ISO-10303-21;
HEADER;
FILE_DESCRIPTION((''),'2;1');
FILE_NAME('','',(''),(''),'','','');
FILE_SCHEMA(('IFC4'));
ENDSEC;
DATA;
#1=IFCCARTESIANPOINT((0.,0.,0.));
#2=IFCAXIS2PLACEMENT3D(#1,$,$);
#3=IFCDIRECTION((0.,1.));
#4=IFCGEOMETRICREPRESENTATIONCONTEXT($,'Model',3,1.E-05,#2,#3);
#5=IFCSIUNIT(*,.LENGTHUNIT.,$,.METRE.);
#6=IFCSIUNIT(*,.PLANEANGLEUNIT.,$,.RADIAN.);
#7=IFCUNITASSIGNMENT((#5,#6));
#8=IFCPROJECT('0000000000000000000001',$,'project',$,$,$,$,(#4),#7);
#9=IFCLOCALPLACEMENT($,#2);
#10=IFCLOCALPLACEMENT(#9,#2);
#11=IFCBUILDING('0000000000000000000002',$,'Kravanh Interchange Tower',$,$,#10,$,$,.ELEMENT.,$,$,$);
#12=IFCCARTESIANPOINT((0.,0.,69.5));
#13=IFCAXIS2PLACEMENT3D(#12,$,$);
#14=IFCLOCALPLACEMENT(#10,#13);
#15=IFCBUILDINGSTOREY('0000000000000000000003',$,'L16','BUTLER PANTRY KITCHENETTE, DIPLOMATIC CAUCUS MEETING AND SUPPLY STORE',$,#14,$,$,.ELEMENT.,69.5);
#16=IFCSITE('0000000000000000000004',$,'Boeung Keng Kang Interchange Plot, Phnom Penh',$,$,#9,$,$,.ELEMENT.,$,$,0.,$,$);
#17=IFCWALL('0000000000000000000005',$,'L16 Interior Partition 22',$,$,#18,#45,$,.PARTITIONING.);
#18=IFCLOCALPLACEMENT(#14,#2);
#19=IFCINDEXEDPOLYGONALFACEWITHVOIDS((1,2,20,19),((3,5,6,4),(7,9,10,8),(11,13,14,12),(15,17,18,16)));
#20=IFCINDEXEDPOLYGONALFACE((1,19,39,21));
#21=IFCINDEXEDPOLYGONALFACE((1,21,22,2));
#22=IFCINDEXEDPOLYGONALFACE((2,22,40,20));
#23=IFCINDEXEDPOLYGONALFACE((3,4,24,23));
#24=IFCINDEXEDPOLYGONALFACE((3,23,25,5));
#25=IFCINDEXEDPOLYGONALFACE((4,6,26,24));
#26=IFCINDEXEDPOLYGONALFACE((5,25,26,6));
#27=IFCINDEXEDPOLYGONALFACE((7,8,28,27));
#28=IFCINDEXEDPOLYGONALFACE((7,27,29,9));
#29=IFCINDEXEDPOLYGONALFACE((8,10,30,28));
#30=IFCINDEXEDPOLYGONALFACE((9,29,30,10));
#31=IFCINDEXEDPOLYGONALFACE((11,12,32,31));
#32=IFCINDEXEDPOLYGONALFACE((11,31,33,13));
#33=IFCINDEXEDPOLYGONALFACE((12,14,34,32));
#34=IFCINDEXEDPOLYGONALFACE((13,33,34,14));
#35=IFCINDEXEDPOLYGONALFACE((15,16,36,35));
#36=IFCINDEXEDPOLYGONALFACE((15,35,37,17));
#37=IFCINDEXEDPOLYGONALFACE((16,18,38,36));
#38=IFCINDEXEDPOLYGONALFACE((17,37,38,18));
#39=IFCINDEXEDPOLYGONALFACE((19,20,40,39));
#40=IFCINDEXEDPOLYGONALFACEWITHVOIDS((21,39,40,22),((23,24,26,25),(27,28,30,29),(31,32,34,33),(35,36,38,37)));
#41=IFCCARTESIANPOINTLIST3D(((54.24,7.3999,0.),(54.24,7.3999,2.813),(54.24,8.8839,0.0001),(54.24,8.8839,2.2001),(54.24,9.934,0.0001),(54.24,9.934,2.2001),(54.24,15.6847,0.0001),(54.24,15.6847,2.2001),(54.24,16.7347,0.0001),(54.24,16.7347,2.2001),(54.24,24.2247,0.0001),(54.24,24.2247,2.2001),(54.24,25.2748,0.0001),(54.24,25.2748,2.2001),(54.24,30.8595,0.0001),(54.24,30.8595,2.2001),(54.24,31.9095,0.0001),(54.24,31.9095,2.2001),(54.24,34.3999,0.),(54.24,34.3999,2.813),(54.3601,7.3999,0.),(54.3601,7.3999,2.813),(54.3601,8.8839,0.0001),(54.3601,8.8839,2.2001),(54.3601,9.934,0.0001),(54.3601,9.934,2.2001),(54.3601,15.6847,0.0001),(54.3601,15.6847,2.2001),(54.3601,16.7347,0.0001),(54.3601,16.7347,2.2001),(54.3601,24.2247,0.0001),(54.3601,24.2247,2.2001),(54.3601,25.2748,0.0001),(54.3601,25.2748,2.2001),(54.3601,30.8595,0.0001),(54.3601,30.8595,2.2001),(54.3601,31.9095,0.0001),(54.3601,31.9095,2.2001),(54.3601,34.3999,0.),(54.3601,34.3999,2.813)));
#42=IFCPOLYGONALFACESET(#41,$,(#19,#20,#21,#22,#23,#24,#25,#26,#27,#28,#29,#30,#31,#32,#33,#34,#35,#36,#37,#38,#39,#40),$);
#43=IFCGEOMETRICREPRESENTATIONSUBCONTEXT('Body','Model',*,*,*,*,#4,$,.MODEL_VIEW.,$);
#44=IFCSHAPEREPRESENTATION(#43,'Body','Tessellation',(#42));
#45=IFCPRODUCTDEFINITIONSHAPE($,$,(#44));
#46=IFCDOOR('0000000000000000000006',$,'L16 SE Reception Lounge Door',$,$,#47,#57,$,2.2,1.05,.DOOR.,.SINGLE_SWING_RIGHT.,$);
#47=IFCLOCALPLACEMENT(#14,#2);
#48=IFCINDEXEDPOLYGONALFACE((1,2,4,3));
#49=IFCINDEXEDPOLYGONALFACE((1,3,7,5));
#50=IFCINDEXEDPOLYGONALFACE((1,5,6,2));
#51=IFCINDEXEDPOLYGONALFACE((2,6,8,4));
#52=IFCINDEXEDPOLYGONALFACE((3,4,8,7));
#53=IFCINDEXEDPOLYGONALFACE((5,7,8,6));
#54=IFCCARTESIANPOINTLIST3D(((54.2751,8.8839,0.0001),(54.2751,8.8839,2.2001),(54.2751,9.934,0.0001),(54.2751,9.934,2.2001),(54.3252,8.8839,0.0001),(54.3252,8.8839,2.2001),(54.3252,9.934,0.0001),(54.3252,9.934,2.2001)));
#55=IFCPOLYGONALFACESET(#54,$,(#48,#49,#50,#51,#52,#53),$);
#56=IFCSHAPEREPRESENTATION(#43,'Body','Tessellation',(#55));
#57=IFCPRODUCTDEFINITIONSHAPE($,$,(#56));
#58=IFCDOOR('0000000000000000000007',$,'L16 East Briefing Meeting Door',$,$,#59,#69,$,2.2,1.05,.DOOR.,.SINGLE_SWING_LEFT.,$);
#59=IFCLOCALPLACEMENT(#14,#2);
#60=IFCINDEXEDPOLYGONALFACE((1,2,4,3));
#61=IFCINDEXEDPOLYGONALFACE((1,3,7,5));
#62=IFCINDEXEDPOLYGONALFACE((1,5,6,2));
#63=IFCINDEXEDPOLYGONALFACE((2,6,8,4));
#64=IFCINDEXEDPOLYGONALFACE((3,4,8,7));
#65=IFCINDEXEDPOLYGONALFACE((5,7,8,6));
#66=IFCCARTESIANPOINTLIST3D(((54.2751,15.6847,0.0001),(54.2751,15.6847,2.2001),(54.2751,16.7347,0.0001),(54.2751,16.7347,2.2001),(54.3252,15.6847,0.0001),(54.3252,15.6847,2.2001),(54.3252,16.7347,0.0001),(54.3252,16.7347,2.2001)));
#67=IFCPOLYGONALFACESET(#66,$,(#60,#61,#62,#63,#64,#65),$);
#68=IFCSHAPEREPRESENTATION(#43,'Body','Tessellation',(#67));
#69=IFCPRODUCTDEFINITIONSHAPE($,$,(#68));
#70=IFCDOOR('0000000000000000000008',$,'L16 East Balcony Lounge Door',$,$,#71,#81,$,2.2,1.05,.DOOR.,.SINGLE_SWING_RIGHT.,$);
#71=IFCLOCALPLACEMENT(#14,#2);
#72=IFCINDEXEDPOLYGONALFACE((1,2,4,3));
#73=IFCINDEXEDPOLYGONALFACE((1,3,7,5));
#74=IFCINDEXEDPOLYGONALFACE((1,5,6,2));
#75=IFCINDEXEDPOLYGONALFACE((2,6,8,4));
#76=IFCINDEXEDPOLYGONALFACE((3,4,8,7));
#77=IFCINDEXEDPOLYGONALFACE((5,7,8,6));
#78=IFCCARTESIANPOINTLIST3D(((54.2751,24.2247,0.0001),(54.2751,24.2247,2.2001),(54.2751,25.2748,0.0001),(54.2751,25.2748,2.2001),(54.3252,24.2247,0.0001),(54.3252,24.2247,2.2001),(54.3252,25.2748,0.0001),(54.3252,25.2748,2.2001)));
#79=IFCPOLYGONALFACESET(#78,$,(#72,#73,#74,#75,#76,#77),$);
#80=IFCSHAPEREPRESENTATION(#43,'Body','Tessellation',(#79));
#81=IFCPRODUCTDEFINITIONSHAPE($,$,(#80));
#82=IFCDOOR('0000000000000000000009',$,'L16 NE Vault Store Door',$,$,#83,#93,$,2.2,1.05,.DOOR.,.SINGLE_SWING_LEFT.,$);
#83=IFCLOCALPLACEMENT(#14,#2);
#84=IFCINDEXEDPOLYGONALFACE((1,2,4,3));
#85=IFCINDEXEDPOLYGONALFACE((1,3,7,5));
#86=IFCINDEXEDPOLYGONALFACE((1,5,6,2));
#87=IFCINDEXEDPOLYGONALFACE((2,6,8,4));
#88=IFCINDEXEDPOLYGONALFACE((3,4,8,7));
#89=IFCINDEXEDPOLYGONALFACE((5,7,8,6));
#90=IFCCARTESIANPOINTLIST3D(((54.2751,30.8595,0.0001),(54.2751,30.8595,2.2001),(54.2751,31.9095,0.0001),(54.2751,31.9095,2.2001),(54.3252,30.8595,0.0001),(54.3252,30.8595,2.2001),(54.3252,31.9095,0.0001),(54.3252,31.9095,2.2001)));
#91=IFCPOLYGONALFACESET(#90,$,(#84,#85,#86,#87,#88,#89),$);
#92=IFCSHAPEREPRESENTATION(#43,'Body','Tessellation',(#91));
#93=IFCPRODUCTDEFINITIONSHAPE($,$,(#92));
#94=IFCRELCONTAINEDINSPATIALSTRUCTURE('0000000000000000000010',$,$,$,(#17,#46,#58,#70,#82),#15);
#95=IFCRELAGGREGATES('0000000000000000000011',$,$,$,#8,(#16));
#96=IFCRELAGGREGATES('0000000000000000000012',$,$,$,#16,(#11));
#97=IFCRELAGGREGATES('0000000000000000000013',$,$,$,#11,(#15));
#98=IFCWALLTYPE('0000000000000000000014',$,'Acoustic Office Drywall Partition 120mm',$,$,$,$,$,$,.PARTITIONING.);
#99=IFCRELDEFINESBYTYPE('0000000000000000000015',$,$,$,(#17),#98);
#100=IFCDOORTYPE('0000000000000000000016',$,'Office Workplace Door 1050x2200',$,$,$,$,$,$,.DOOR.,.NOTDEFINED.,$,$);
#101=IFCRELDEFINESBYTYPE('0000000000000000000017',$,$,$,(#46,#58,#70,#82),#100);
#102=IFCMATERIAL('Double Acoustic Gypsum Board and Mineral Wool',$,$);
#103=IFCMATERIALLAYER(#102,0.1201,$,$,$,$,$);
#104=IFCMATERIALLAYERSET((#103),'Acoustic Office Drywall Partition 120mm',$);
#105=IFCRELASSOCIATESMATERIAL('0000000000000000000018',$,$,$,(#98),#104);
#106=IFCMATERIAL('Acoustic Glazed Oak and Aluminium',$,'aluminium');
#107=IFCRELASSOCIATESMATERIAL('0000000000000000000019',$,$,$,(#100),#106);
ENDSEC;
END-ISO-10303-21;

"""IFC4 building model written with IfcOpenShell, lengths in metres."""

from ifc_helpers import new_model, si_unit, direction, frame, frame_2d, origin, place, context, subcontext, project, spatial, rectangle, extrude, material, layer, layer_set, type_object, element, fill, save


model = new_model("IFC4")

# Units and contexts
model_context = context("Model", 3, precision=1e-05, world=origin(), true_north=direction((0.0, 1.0)))
body_context = subcontext(model_context, "Body", "Model", "MODEL_VIEW")
ifc_project = project(units=[si_unit("LENGTHUNIT", "METRE"), si_unit("PLANEANGLEUNIT", "RADIAN")], contexts=[model_context])

# Site, building, storey
site_placement = place(None, origin())
site = spatial("IfcSite", under=ifc_project, at=site_placement, Name="Boeung Keng Kang Interchange Plot, Phnom Penh", CompositionType="ELEMENT", RefElevation=0.0)
building_placement = place(site_placement, origin())
building = spatial("IfcBuilding", under=site, at=building_placement, Name="Kravanh Interchange Tower", CompositionType="ELEMENT")
storey_placement = place(building_placement, frame((0.0, 0.0, 69.5)))
storey = spatial("IfcBuildingStorey", under=building, at=storey_placement, Name="L16", Description="BUTLER PANTRY KITCHENETTE, DIPLOMATIC CAUCUS MEETING AND SUPPLY STORE", CompositionType="ELEMENT", Elevation=69.5)

# Wall, openings, doors
ifc_material_1 = material(Name="Double Acoustic Gypsum Board and Mineral Wool")
ifc_layer_1 = layer(ifc_material_1, 0.1201)
ifc_layer_set_1 = layer_set([ifc_layer_1], Name="Acoustic Office Drywall Partition 120mm")
wall_type = type_object("IfcWallType", Name="Acoustic Office Drywall Partition 120mm", PredefinedType="PARTITIONING", material=ifc_layer_set_1)
wall_placement = place(storey_placement, frame((54.3, 7.3999, 0.0), z_axis=(0.0, 0.0, 1.0), x_axis=(0.0, 1.0, 0.0)))
wall = element("IfcWall", 1, at=wall_placement, inside=storey, type_object=wall_type, Name="L16 Interior Partition 22", PredefinedType="PARTITIONING", context=body_context, shape_type="SweptSolid", body=[
    extrude(rectangle(XDim=27.0, YDim=0.1201, at=frame_2d((13.5, 0.0))), origin(), (0.0, 0.0, 1.0), 2.813),
])
opening_1_placement = place(wall_placement, frame((1.4841, 0.0, 0.0)))
opening_1 = element("IfcOpeningElement", 2, at=opening_1_placement, cuts=wall, PredefinedType="OPENING", context=body_context, shape_type="SweptSolid", body=[
    extrude(rectangle(XDim=1.05, YDim=2.2, at=frame_2d((0.5249, 1.1001))), frame((0.0, 0.0701, 0.0), z_axis=(0.0, -1.0, 0.0), x_axis=(1.0, 0.0, 0.0)), (0.0, 0.0, 1.0), 0.1401),
])
opening_2_placement = place(wall_placement, frame((8.2849, 0.0, 0.0)))
opening_2 = element("IfcOpeningElement", 3, at=opening_2_placement, cuts=wall, PredefinedType="OPENING", context=body_context, shape_type="SweptSolid", body=[
    extrude(rectangle(XDim=1.05, YDim=2.2, at=frame_2d((0.5249, 1.1001))), frame((0.0, 0.0701, 0.0), z_axis=(0.0, -1.0, 0.0), x_axis=(1.0, 0.0, 0.0)), (0.0, 0.0, 1.0), 0.1401),
])
opening_3_placement = place(wall_placement, frame((16.825, 0.0, 0.0)))
opening_3 = element("IfcOpeningElement", 4, at=opening_3_placement, cuts=wall, PredefinedType="OPENING", context=body_context, shape_type="SweptSolid", body=[
    extrude(rectangle(XDim=1.05, YDim=2.2, at=frame_2d((0.5249, 1.1001))), frame((0.0, 0.0701, 0.0), z_axis=(0.0, -1.0, 0.0), x_axis=(1.0, 0.0, 0.0)), (0.0, 0.0, 1.0), 0.1401),
])
opening_4_placement = place(wall_placement, frame((23.4597, 0.0, 0.0)))
opening_4 = element("IfcOpeningElement", 5, at=opening_4_placement, cuts=wall, PredefinedType="OPENING", context=body_context, shape_type="SweptSolid", body=[
    extrude(rectangle(XDim=1.05, YDim=2.2, at=frame_2d((0.5249, 1.1001))), frame((0.0, 0.0701, 0.0), z_axis=(0.0, -1.0, 0.0), x_axis=(1.0, 0.0, 0.0)), (0.0, 0.0, 1.0), 0.1401),
])
ifc_material_2 = material(Name="Acoustic Glazed Oak and Aluminium", Category="aluminium")
door_type = type_object("IfcDoorType", Name="Office Workplace Door 1050x2200", OperationType="NOTDEFINED", PredefinedType="DOOR", material=ifc_material_2)
door_1_placement = place(opening_1_placement, origin())
door_1 = element("IfcDoor", 6, at=door_1_placement, inside=storey, type_object=door_type, Name="L16 SE Reception Lounge Door", OperationType="SINGLE_SWING_RIGHT", OverallHeight=2.2, OverallWidth=1.05, PredefinedType="DOOR", context=body_context, shape_type="SweptSolid", body=[
    extrude(rectangle(XDim=1.05, YDim=2.2, at=frame_2d((0.5249, 1.1001))), frame((0.0, 0.0249, 0.0), z_axis=(0.0, -1.0, 0.0), x_axis=(1.0, 0.0, 0.0)), (0.0, 0.0, 1.0), 0.05),
])
fill(opening_1, door_1)
door_2_placement = place(opening_2_placement, origin())
door_2 = element("IfcDoor", 7, at=door_2_placement, inside=storey, type_object=door_type, Name="L16 East Briefing Meeting Door", OperationType="SINGLE_SWING_LEFT", OverallHeight=2.2, OverallWidth=1.05, PredefinedType="DOOR", context=body_context, shape_type="SweptSolid", body=[
    extrude(rectangle(XDim=1.05, YDim=2.2, at=frame_2d((0.5249, 1.1001))), frame((0.0, 0.0249, 0.0), z_axis=(0.0, -1.0, 0.0), x_axis=(1.0, 0.0, 0.0)), (0.0, 0.0, 1.0), 0.05),
])
fill(opening_2, door_2)
door_3_placement = place(opening_3_placement, origin())
door_3 = element("IfcDoor", 8, at=door_3_placement, inside=storey, type_object=door_type, Name="L16 East Balcony Lounge Door", OperationType="SINGLE_SWING_RIGHT", OverallHeight=2.2, OverallWidth=1.05, PredefinedType="DOOR", context=body_context, shape_type="SweptSolid", body=[
    extrude(rectangle(XDim=1.05, YDim=2.2, at=frame_2d((0.5249, 1.1001))), frame((0.0, 0.0249, 0.0), z_axis=(0.0, -1.0, 0.0), x_axis=(1.0, 0.0, 0.0)), (0.0, 0.0, 1.0), 0.05),
])
fill(opening_3, door_3)
door_4_placement = place(opening_4_placement, origin())
door_4 = element("IfcDoor", 9, at=door_4_placement, inside=storey, type_object=door_type, Name="L16 NE Vault Store Door", OperationType="SINGLE_SWING_LEFT", OverallHeight=2.2, OverallWidth=1.05, PredefinedType="DOOR", context=body_context, shape_type="SweptSolid", body=[
    extrude(rectangle(XDim=1.05, YDim=2.2, at=frame_2d((0.5249, 1.1001))), frame((0.0, 0.0249, 0.0), z_axis=(0.0, -1.0, 0.0), x_axis=(1.0, 0.0, 0.0)), (0.0, 0.0, 1.0), 0.05),
])
fill(opening_4, door_4)

save(model, "model.ifc")
